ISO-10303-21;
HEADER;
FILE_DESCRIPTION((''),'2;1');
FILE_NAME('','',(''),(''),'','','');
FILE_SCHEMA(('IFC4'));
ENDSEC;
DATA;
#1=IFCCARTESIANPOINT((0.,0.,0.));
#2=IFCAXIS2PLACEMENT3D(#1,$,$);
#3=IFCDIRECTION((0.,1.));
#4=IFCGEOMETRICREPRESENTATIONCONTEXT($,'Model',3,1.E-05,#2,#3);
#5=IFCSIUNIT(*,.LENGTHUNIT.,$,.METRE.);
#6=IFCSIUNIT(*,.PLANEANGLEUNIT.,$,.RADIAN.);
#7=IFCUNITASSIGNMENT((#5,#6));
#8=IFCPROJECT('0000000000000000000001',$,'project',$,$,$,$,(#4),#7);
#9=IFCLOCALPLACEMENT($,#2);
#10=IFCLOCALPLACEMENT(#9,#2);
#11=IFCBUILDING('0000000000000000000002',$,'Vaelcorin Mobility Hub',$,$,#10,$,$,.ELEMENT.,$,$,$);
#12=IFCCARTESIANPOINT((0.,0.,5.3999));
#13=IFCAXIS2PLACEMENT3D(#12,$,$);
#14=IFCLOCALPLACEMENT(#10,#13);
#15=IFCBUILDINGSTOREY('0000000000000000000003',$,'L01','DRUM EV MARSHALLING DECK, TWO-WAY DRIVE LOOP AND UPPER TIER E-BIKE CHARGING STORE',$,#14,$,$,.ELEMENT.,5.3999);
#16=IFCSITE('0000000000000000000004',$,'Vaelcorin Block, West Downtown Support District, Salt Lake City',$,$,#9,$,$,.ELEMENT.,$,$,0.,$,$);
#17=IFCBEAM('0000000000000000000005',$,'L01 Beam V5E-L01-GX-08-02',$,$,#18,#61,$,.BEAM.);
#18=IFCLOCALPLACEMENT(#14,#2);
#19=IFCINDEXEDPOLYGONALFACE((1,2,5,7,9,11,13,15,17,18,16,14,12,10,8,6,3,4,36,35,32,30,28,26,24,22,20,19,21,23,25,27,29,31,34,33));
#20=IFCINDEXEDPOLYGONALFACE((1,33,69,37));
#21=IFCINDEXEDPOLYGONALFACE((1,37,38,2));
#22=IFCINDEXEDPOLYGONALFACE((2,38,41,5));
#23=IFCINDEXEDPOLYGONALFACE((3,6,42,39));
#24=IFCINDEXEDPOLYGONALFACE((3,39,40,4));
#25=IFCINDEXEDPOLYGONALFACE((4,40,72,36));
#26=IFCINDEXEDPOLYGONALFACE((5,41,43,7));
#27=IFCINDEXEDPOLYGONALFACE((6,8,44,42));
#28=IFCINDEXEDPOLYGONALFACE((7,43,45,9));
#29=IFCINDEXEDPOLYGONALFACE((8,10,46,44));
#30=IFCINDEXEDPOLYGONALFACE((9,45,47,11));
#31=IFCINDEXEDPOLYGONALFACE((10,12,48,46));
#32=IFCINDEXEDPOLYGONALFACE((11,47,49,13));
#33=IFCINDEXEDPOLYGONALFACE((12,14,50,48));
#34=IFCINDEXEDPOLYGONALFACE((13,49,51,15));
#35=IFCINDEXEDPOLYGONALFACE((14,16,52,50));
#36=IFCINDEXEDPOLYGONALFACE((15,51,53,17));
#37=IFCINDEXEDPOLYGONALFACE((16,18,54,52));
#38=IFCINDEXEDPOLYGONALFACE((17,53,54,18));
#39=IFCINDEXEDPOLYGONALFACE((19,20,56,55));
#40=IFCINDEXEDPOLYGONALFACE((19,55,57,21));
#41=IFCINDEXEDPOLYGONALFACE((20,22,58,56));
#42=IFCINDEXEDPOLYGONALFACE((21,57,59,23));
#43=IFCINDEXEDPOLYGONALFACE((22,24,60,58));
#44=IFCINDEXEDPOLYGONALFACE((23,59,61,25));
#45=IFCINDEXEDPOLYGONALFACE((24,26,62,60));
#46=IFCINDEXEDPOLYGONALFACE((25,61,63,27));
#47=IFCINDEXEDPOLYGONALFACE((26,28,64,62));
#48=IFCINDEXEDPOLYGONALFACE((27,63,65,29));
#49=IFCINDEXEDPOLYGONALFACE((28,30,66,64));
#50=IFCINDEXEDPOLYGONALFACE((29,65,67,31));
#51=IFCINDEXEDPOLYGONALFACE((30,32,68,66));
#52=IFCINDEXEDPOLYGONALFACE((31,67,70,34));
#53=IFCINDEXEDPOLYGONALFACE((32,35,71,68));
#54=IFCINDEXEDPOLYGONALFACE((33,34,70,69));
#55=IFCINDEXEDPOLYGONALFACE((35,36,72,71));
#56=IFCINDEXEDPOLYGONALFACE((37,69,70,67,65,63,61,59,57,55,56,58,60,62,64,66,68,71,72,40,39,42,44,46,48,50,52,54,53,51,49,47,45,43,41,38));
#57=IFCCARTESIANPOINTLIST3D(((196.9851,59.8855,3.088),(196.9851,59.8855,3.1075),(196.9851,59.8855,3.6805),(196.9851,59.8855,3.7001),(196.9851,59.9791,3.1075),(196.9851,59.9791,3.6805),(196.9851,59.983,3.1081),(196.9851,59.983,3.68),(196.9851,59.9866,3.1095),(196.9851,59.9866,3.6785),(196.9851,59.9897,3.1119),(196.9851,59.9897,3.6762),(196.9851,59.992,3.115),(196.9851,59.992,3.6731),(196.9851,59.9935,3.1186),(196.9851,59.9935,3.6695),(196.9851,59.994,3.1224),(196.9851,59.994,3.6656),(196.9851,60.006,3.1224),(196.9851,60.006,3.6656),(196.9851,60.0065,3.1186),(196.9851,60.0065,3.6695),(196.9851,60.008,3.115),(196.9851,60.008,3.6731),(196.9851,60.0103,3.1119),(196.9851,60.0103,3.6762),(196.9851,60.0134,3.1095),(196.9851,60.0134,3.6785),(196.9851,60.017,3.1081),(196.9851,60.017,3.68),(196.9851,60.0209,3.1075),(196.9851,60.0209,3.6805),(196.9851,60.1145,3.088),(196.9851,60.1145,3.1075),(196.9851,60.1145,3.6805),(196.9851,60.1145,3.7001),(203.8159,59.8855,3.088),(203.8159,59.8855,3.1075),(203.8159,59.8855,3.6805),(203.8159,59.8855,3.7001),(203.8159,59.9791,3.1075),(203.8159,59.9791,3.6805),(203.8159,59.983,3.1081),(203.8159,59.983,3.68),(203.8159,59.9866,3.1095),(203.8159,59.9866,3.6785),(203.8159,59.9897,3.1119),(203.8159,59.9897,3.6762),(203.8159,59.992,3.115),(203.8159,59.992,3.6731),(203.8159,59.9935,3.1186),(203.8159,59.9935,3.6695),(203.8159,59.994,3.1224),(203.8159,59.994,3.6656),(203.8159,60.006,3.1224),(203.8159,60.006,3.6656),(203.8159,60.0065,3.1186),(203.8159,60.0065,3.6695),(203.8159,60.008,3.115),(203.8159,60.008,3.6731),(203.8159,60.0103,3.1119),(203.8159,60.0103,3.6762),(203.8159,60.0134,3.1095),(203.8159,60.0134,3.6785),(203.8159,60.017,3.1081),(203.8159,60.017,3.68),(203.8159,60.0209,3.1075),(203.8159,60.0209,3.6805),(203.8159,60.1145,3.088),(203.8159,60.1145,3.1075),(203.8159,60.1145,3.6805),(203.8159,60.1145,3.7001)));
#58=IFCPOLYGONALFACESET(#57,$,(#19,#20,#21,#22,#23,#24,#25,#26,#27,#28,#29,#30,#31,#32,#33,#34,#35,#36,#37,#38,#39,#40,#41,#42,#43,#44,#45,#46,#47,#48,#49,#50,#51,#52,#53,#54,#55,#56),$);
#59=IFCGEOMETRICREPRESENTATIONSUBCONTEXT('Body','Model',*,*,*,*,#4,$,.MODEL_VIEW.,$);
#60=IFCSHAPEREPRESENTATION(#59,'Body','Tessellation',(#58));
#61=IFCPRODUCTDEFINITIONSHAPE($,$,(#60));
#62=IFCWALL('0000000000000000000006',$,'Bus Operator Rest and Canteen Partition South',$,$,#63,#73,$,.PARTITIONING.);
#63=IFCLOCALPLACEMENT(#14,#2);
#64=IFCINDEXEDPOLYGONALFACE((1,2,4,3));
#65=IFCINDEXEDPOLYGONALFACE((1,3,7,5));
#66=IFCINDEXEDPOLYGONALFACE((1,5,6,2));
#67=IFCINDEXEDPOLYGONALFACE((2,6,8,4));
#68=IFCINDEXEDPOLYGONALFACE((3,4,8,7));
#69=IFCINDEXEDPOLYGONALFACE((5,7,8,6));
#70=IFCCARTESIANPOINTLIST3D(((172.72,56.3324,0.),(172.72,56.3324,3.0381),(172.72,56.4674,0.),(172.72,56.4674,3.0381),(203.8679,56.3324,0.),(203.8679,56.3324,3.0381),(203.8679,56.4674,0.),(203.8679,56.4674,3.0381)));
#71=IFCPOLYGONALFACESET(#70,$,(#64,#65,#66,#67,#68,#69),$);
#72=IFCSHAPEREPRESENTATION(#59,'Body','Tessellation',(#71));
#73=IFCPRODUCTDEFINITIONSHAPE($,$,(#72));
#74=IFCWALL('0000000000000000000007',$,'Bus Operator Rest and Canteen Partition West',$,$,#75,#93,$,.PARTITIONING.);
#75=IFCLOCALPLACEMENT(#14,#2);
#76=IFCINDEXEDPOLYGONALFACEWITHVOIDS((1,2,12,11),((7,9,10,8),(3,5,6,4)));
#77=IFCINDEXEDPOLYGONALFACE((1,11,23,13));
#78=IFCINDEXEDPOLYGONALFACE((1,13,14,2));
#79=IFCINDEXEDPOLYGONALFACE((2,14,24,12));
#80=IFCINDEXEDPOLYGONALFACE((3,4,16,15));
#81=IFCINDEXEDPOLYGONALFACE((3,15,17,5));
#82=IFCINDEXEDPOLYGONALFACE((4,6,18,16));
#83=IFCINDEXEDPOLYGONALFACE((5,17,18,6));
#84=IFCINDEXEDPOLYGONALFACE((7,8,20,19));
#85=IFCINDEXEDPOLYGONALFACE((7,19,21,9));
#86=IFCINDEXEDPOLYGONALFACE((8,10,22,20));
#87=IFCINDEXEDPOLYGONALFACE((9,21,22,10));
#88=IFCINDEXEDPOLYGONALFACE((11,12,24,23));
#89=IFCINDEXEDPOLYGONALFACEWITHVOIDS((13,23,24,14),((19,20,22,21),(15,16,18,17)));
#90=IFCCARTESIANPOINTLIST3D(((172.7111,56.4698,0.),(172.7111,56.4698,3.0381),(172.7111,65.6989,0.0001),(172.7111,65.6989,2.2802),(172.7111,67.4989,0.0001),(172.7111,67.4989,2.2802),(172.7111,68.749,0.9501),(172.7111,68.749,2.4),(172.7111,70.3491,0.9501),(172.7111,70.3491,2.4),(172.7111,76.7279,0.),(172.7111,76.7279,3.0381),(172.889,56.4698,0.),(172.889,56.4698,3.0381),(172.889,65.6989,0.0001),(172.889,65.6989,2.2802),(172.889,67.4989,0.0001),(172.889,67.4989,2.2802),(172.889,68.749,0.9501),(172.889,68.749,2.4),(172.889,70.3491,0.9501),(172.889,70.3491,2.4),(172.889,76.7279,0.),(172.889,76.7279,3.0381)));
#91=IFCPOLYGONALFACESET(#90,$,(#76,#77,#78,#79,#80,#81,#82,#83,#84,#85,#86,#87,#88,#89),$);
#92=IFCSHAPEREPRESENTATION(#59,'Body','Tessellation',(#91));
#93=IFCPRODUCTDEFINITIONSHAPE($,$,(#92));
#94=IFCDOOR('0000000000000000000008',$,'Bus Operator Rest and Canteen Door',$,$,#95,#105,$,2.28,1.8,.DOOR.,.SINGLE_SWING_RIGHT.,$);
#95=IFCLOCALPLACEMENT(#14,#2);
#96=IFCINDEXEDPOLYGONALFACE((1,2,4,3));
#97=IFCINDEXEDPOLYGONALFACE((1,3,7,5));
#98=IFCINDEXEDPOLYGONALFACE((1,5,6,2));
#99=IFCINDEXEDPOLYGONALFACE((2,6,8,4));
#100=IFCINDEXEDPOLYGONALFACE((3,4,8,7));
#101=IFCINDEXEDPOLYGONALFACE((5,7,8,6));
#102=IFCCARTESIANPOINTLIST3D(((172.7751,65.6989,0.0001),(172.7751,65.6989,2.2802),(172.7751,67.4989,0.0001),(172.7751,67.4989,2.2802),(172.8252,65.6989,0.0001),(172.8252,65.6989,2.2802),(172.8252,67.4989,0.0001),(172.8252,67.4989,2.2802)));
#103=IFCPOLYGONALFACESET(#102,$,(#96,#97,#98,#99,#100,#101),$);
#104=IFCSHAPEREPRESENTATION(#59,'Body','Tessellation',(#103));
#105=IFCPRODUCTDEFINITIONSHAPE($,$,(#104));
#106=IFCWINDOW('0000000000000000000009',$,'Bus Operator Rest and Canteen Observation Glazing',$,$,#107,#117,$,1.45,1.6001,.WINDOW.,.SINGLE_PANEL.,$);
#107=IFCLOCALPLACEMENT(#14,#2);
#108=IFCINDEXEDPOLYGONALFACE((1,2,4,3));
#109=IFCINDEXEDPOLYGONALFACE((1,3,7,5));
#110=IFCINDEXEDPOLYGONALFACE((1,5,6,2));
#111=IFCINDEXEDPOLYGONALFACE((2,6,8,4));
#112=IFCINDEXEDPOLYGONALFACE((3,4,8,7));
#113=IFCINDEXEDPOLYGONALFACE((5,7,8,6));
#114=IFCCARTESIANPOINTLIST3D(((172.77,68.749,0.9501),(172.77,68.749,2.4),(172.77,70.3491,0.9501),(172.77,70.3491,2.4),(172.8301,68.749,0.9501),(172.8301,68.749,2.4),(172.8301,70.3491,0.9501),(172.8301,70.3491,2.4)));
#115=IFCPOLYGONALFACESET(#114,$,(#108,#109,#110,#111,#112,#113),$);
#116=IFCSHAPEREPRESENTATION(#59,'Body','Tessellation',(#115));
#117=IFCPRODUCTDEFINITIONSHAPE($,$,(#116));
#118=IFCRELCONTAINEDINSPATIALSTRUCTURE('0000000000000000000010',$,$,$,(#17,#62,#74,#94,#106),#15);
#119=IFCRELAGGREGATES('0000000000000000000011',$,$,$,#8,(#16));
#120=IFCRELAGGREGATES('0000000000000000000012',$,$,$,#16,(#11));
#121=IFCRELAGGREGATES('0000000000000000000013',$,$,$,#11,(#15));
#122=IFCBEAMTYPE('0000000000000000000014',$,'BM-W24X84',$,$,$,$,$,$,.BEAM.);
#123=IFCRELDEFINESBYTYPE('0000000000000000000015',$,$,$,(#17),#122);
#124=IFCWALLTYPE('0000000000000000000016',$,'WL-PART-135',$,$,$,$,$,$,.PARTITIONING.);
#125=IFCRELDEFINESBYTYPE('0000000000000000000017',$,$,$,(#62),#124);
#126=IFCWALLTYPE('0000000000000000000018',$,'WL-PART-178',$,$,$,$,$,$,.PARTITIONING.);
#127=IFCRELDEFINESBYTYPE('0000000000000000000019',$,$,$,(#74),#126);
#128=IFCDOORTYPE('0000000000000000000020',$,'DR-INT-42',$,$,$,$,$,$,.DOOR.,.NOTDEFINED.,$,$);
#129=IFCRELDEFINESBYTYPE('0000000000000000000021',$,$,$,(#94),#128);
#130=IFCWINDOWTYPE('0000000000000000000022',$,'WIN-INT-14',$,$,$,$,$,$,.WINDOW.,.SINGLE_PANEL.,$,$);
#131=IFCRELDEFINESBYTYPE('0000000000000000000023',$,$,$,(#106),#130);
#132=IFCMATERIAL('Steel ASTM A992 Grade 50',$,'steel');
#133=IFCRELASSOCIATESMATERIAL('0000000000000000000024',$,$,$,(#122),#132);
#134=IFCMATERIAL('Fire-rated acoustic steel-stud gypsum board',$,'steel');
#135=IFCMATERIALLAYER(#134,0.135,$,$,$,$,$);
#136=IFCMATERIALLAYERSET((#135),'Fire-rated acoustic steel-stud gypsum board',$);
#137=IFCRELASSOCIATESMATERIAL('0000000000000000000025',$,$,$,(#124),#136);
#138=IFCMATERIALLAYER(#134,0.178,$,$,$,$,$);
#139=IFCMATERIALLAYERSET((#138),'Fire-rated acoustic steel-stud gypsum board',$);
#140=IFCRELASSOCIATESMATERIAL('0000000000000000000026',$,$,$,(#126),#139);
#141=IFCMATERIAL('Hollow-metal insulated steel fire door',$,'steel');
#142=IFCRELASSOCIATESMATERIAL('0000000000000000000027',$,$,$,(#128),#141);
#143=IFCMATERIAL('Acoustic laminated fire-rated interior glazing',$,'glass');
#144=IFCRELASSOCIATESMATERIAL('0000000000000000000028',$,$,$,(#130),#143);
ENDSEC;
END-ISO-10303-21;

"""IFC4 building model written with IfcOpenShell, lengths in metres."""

from ifc_helpers import new_model, si_unit, direction, frame, frame_2d, origin, origin_2d, place, context, subcontext, project, spatial, rectangle, i_section, extrude, material, layer, layer_set, material_profile, profile_set, type_object, element, fill, save


model = new_model("IFC4")

# Units and contexts
model_context = context("Model", 3, precision=1e-05, world=origin(), true_north=direction((0.0, 1.0)))
body_context = subcontext(model_context, "Body", "Model", "MODEL_VIEW")
ifc_project = project(units=[si_unit("LENGTHUNIT", "METRE"), si_unit("PLANEANGLEUNIT", "RADIAN")], contexts=[model_context])

# Site, building, storey
site_placement = place(None, origin())
site = spatial("IfcSite", under=ifc_project, at=site_placement, Name="Vaelcorin Block, West Downtown Support District, Salt Lake City", CompositionType="ELEMENT", RefElevation=0.0)
building_placement = place(site_placement, origin())
building = spatial("IfcBuilding", under=site, at=building_placement, Name="Vaelcorin Mobility Hub", CompositionType="ELEMENT")
storey_placement = place(building_placement, frame((0.0, 0.0, 5.3999)))
storey = spatial("IfcBuildingStorey", under=building, at=storey_placement, Name="L01", Description="DRUM EV MARSHALLING DECK, TWO-WAY DRIVE LOOP AND UPPER TIER E-BIKE CHARGING STORE", CompositionType="ELEMENT", Elevation=5.3999)

# Shared definitions
ifc_material_1 = material(Name="Steel ASTM A992 Grade 50", Category="steel")

# Beam
ifc_material_profile_1 = material_profile(ifc_material_1, i_section(OverallWidth=0.229, OverallDepth=0.6121, WebThickness=0.012, FlangeThickness=0.0195, FilletRadius=0.0149, at=origin_2d()), Name="W24X84")
ifc_profile_set_1 = profile_set([ifc_material_profile_1], Name="Steel ASTM A992 Grade 50")
beam_type_1 = type_object("IfcBeamType", Name="BM-W24X84", PredefinedType="BEAM", material=ifc_profile_set_1)
beam_1_placement = place(storey_placement, frame((196.9851, 60.0, 3.394), z_axis=(1.0, 0.0, 0.0), x_axis=(0.0, 1.0, 0.0)))
element("IfcBeam", 1, at=beam_1_placement, inside=storey, type_object=beam_type_1, Name="L01 Beam V5E-L01-GX-08-02", PredefinedType="BEAM", context=body_context, shape_type="SweptSolid", body=[
    extrude(i_section(OverallWidth=0.229, OverallDepth=0.6121, WebThickness=0.012, FlangeThickness=0.0195, FilletRadius=0.0149, at=origin_2d()), origin(), (0.0, 0.0, 1.0), 6.8308),
])

# Wall
ifc_material_2 = material(Name="Fire-rated acoustic steel-stud gypsum board", Category="steel")
ifc_layer_1 = layer(ifc_material_2, 0.135)
ifc_layer_set_1 = layer_set([ifc_layer_1], Name="Fire-rated acoustic steel-stud gypsum board")
wall_type_1 = type_object("IfcWallType", Name="WL-PART-135", PredefinedType="PARTITIONING", material=ifc_layer_set_1)
wall_1_placement = place(storey_placement, frame((203.8679, 56.3999, 0.0), z_axis=(0.0, 0.0, 1.0), x_axis=(-1.0, 0.0, 0.0)))
element("IfcWall", 2, at=wall_1_placement, inside=storey, type_object=wall_type_1, Name="Bus Operator Rest and Canteen Partition South", PredefinedType="PARTITIONING", context=body_context, shape_type="SweptSolid", body=[
    extrude(rectangle(XDim=31.1479, YDim=0.135, at=frame_2d((15.574, 0.0))), origin(), (0.0, 0.0, 1.0), 3.0381),
])

# Wall, openings, door, window
ifc_layer_2 = layer(ifc_material_2, 0.178)
ifc_layer_set_2 = layer_set([ifc_layer_2], Name="Fire-rated acoustic steel-stud gypsum board")
wall_type_2 = type_object("IfcWallType", Name="WL-PART-178", PredefinedType="PARTITIONING", material=ifc_layer_set_2)
wall_2_placement = place(storey_placement, frame((172.8, 56.47, 0.0), z_axis=(0.0, 0.0, 1.0), x_axis=(0.0, 1.0, 0.0)))
wall_2 = element("IfcWall", 3, at=wall_2_placement, inside=storey, type_object=wall_type_2, Name="Bus Operator Rest and Canteen Partition West", PredefinedType="PARTITIONING", context=body_context, shape_type="SweptSolid", body=[
    extrude(rectangle(XDim=20.2581, YDim=0.178, at=frame_2d((10.1289, 0.0))), origin(), (0.0, 0.0, 1.0), 3.0381),
])
opening_1_placement = place(wall_2_placement, frame((9.229, 0.0, 0.0)))
opening_1 = element("IfcOpeningElement", 4, at=opening_1_placement, cuts=wall_2, PredefinedType="OPENING", context=body_context, shape_type="SweptSolid", body=[
    extrude(rectangle(XDim=1.8, YDim=2.28, at=frame_2d((0.8999, 1.1401))), frame((0.0, 0.0989, 0.0), z_axis=(0.0, -1.0, 0.0), x_axis=(1.0, 0.0, 0.0)), (0.0, 0.0, 1.0), 0.198),
])
opening_2_placement = place(wall_2_placement, frame((12.2791, 0.0, 0.95)))
opening_2 = element("IfcOpeningElement", 5, at=opening_2_placement, cuts=wall_2, PredefinedType="OPENING", context=body_context, shape_type="SweptSolid", body=[
    extrude(rectangle(XDim=1.6001, YDim=1.45, at=frame_2d((0.8, 0.7251))), frame((0.0, 0.0989, 0.0), z_axis=(0.0, -1.0, 0.0), x_axis=(1.0, 0.0, 0.0)), (0.0, 0.0, 1.0), 0.198),
])
ifc_material_3 = material(Name="Hollow-metal insulated steel fire door", Category="steel")
door_type = type_object("IfcDoorType", Name="DR-INT-42", OperationType="NOTDEFINED", PredefinedType="DOOR", material=ifc_material_3)
door_placement = place(opening_1_placement, origin())
door = element("IfcDoor", 6, at=door_placement, inside=storey, type_object=door_type, Name="Bus Operator Rest and Canteen Door", OperationType="SINGLE_SWING_RIGHT", OverallHeight=2.28, OverallWidth=1.8, PredefinedType="DOOR", context=body_context, shape_type="SweptSolid", body=[
    extrude(rectangle(XDim=1.8, YDim=2.28, at=frame_2d((0.8999, 1.1401))), frame((0.0, 0.0249, 0.0), z_axis=(0.0, -1.0, 0.0), x_axis=(1.0, 0.0, 0.0)), (0.0, 0.0, 1.0), 0.05),
])
fill(opening_1, door)
ifc_material_4 = material(Name="Acoustic laminated fire-rated interior glazing", Category="glass")
window_type = type_object("IfcWindowType", Name="WIN-INT-14", PartitioningType="SINGLE_PANEL", PredefinedType="WINDOW", material=ifc_material_4)
window_placement = place(opening_2_placement, origin())
window = element("IfcWindow", 7, at=window_placement, inside=storey, type_object=window_type, Name="Bus Operator Rest and Canteen Observation Glazing", OverallHeight=1.45, OverallWidth=1.6001, PartitioningType="SINGLE_PANEL", PredefinedType="WINDOW", context=body_context, shape_type="SweptSolid", body=[
    extrude(rectangle(XDim=1.6001, YDim=1.45, at=frame_2d((0.8, 0.7251))), frame((0.0, 0.03, 0.0), z_axis=(0.0, -1.0, 0.0), x_axis=(1.0, 0.0, 0.0)), (0.0, 0.0, 1.0), 0.0601),
])
fill(opening_2, window)

save(model, "model.ifc")
